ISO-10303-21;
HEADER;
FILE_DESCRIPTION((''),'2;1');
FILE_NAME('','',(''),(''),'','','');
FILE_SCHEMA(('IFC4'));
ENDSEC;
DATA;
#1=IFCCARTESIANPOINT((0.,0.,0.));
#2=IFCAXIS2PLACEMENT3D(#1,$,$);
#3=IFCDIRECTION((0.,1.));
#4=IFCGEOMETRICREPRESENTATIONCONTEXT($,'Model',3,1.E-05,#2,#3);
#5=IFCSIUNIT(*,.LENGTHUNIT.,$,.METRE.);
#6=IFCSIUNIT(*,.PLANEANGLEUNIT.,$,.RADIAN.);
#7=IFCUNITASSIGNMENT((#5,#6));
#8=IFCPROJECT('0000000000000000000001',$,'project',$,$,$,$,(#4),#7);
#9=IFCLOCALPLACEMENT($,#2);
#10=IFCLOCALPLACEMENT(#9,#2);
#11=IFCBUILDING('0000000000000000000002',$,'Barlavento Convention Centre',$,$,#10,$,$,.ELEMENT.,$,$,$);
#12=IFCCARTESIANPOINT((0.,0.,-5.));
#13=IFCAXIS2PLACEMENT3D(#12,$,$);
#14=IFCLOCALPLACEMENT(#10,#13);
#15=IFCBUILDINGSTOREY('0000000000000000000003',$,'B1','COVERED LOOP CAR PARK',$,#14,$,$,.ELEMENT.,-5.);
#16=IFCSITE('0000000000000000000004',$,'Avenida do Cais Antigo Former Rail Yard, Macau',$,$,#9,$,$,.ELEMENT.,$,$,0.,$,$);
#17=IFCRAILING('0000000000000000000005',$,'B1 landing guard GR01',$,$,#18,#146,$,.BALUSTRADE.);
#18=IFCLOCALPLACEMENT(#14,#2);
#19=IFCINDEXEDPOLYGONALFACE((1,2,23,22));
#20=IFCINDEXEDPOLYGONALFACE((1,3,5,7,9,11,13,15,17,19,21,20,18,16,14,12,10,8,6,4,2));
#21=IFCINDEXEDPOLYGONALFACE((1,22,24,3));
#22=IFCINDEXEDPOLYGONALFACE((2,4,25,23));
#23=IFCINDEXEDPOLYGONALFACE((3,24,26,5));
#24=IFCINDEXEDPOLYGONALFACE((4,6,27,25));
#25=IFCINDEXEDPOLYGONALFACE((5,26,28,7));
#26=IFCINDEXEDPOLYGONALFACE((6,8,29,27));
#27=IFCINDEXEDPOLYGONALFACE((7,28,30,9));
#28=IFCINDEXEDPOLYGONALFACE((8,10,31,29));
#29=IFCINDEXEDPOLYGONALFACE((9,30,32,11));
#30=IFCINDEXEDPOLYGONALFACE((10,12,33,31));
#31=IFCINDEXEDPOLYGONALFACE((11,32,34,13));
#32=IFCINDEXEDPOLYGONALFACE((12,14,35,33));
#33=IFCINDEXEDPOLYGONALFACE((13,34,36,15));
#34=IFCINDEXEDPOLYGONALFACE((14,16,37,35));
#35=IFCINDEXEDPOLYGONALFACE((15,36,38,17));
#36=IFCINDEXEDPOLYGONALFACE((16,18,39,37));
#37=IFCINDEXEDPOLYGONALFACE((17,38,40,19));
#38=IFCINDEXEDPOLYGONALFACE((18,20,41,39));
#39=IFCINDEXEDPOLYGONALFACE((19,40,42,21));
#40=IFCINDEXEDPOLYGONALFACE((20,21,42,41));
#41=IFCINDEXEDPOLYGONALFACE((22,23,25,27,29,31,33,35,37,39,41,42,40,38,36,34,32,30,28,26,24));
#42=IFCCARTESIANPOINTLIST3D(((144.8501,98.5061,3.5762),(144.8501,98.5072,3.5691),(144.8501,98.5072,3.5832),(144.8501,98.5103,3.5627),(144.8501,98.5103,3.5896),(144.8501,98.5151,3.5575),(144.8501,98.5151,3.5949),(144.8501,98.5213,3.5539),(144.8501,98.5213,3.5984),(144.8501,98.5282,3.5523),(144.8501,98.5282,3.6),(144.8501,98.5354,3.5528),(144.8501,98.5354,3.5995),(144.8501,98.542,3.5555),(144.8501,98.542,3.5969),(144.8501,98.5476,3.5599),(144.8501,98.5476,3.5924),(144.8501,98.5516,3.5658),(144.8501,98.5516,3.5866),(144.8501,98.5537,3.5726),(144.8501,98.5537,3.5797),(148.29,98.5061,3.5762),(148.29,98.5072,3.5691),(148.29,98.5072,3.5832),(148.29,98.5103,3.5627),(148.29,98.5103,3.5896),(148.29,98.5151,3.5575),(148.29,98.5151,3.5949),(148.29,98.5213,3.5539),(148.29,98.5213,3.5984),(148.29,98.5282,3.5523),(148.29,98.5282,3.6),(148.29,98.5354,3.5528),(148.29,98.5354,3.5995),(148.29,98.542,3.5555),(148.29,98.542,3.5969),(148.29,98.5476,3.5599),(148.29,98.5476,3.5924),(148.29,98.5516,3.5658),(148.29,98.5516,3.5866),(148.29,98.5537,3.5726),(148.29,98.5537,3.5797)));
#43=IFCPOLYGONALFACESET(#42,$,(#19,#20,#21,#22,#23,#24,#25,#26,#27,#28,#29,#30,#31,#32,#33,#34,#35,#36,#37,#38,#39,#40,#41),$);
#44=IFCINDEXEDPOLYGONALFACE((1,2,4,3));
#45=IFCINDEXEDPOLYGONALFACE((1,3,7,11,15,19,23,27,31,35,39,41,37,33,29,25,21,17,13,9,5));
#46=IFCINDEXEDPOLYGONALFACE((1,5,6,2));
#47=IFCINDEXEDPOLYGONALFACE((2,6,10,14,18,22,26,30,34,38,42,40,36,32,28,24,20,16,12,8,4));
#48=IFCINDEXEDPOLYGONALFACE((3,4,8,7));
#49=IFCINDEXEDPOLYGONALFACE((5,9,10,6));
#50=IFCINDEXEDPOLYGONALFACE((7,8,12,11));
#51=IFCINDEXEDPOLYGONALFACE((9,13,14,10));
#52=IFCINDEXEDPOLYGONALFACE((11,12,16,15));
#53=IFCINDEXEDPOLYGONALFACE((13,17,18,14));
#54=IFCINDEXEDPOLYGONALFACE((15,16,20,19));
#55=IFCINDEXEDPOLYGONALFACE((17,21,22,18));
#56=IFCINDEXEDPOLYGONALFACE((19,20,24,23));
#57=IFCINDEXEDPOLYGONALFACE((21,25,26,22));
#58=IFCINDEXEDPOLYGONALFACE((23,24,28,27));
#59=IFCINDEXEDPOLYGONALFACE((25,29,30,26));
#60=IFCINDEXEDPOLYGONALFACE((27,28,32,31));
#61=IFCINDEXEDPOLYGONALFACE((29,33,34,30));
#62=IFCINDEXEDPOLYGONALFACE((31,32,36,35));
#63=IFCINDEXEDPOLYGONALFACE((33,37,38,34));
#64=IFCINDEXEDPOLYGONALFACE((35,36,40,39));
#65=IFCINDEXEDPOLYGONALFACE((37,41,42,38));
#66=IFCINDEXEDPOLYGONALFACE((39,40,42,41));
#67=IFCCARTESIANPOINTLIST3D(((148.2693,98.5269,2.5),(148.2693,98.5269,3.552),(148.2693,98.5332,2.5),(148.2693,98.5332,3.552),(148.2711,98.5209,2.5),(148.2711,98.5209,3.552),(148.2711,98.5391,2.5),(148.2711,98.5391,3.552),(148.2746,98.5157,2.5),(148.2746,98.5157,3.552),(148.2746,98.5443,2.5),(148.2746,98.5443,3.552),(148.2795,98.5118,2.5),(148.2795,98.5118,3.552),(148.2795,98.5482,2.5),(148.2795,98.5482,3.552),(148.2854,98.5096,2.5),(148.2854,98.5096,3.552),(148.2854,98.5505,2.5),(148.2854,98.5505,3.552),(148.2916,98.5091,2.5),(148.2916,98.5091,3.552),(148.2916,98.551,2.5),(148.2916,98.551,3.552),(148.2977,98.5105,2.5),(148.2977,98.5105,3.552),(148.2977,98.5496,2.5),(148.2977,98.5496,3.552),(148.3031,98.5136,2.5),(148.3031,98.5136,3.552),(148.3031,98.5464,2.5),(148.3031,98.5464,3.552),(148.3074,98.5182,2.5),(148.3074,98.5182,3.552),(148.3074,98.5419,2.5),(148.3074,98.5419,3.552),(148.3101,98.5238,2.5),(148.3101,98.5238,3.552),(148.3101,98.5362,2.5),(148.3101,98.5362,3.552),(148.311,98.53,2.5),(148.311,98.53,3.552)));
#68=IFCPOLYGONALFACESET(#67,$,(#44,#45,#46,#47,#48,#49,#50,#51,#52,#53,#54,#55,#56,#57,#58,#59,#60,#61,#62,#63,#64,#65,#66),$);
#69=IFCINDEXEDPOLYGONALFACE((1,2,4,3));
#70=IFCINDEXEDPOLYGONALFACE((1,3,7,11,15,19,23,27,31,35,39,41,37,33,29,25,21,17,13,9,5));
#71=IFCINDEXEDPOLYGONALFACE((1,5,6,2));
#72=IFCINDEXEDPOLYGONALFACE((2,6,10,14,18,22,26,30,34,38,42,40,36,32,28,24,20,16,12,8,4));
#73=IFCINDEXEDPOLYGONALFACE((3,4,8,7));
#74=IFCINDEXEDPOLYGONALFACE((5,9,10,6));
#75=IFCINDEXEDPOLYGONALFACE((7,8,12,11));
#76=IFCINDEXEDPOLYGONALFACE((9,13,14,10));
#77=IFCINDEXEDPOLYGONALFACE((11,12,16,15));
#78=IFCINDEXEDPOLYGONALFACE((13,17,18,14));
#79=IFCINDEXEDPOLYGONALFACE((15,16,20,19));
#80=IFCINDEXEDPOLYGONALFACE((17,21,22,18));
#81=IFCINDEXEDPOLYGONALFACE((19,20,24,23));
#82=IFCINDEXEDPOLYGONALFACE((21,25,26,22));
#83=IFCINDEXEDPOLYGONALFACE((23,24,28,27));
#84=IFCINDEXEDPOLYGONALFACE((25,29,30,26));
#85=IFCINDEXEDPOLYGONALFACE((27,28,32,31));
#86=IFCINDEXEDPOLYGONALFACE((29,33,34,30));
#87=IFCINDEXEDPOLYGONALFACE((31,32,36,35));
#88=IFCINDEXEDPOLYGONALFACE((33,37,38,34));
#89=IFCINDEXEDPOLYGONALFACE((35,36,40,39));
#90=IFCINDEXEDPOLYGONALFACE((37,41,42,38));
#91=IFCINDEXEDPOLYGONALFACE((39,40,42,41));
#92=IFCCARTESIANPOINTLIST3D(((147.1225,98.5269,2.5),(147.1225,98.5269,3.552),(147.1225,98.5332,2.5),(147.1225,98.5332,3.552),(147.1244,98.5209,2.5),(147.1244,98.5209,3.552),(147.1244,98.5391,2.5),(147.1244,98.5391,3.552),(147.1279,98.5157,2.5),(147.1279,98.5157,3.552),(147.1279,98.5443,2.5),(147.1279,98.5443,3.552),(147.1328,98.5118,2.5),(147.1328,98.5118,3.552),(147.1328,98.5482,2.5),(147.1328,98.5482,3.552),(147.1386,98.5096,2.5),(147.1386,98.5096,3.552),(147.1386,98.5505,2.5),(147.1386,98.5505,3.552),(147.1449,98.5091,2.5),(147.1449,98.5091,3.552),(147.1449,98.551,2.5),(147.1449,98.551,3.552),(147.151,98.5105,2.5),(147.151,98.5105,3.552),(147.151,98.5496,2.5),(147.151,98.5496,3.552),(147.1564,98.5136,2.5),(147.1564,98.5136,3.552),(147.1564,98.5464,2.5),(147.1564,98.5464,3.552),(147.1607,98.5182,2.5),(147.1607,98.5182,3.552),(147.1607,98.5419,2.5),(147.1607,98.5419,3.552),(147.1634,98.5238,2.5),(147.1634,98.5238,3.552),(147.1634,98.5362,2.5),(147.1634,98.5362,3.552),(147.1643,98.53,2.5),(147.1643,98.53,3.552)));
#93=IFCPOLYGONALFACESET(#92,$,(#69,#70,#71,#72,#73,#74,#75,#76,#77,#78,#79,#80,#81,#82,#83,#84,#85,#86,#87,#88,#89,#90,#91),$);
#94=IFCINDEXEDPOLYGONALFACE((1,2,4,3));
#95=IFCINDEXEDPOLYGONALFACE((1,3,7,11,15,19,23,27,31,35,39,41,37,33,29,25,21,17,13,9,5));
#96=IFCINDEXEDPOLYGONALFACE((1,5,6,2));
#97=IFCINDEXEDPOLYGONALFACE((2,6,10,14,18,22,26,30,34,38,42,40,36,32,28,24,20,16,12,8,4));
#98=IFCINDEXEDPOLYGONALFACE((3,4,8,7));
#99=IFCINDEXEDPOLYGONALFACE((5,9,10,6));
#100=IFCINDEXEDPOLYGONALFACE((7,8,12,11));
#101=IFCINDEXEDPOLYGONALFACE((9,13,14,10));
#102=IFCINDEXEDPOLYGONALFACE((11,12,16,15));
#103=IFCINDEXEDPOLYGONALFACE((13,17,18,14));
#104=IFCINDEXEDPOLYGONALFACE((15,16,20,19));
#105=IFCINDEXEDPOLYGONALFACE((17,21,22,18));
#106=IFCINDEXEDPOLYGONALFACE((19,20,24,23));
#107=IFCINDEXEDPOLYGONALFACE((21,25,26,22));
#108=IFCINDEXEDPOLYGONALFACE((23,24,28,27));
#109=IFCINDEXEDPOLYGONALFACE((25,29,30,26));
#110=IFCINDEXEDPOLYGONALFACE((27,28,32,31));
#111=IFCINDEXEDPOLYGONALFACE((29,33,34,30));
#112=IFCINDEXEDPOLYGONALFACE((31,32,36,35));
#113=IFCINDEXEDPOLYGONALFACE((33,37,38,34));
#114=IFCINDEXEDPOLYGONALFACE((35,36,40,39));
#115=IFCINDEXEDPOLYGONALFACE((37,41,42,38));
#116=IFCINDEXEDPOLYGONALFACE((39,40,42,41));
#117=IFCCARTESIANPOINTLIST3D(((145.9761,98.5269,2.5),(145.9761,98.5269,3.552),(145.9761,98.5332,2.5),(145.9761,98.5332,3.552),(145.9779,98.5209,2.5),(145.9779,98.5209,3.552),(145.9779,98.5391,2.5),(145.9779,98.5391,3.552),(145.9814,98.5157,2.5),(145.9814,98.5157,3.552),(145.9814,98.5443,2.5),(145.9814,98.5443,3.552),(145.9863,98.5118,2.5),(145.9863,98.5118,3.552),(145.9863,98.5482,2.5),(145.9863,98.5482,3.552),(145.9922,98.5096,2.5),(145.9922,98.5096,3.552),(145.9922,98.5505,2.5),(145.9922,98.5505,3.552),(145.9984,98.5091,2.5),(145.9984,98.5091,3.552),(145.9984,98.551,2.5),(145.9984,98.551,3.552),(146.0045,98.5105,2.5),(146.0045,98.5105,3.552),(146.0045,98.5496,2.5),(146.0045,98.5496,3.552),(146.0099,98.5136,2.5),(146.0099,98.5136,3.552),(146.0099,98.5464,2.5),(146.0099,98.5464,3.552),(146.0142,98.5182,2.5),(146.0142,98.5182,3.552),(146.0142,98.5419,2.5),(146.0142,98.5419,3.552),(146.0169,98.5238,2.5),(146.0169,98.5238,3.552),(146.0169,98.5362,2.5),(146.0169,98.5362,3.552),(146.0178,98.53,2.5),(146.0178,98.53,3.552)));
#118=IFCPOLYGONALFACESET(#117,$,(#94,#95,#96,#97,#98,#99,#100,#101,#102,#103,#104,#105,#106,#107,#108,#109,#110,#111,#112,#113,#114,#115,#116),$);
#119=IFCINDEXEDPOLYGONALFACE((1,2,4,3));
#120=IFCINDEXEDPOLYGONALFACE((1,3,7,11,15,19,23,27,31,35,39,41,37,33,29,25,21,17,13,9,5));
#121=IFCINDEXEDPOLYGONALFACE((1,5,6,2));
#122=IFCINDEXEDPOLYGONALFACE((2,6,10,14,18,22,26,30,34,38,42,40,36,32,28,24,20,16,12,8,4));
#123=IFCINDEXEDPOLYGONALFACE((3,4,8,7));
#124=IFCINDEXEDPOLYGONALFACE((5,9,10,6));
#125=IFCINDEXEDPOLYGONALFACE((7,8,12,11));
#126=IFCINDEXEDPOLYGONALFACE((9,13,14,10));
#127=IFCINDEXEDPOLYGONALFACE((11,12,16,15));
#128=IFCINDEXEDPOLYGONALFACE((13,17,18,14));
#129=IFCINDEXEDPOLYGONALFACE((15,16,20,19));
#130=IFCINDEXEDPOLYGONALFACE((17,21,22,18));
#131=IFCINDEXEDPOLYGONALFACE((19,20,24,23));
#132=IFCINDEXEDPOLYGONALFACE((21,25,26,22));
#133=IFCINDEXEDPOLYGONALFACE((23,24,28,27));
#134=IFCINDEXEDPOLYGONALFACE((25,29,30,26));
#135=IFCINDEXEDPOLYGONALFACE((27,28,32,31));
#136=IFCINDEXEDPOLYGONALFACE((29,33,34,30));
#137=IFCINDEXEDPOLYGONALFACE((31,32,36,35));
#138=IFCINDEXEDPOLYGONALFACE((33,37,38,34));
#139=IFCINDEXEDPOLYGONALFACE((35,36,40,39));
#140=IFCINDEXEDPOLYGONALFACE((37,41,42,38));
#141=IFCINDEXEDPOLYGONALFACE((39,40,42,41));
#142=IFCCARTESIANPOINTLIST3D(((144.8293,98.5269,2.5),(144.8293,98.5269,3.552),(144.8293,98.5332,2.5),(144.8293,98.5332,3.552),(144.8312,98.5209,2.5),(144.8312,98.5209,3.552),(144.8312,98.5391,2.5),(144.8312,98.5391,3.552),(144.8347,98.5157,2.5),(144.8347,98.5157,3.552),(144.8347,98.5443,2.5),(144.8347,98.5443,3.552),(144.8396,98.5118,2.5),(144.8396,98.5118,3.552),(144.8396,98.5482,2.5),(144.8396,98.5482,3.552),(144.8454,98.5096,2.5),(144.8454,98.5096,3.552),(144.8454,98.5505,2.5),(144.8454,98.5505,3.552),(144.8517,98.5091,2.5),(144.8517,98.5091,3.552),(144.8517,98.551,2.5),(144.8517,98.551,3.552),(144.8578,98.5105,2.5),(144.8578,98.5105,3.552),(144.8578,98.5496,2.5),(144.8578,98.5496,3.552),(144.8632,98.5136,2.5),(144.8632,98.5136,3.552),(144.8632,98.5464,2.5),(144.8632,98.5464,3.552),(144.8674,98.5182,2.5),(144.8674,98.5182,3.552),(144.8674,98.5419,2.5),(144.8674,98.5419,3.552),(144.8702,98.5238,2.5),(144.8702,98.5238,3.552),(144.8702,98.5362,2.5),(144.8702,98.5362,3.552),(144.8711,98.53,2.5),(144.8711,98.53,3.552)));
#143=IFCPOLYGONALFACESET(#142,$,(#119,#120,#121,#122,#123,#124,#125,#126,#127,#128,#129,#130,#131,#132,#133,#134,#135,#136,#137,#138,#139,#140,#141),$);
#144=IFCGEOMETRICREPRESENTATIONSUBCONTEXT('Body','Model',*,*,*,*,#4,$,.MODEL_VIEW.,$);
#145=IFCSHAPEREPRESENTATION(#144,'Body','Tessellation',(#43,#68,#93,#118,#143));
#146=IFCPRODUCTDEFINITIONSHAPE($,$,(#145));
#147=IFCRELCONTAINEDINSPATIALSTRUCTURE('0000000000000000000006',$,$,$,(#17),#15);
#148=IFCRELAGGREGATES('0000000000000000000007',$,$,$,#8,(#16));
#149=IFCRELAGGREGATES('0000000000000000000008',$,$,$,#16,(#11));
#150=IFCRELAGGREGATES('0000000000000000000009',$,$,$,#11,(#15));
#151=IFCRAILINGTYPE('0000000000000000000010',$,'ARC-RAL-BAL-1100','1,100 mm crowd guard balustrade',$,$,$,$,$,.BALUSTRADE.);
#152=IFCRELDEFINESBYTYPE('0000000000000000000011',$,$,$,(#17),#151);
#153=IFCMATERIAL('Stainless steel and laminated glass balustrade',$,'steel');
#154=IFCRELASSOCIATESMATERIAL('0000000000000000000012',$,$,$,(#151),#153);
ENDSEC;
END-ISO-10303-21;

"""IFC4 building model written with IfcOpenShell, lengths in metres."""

from ifc_helpers import new_model, si_unit, direction, frame, origin, origin_2d, place, context, subcontext, project, spatial, circle, extrude, material, type_object, element, save


model = new_model("IFC4")

# Units and contexts
model_context = context("Model", 3, precision=1e-05, world=origin(), true_north=direction((0.0, 1.0)))
body_context = subcontext(model_context, "Body", "Model", "MODEL_VIEW")
ifc_project = project(units=[si_unit("LENGTHUNIT", "METRE"), si_unit("PLANEANGLEUNIT", "RADIAN")], contexts=[model_context])

# Site, building, storey
site_placement = place(None, origin())
site = spatial("IfcSite", under=ifc_project, at=site_placement, Name="Avenida do Cais Antigo Former Rail Yard, Macau", CompositionType="ELEMENT", RefElevation=0.0)
building_placement = place(site_placement, origin())
building = spatial("IfcBuilding", under=site, at=building_placement, Name="Barlavento Convention Centre", CompositionType="ELEMENT")
storey_placement = place(building_placement, frame((0.0, 0.0, -5.0)))
storey = spatial("IfcBuildingStorey", under=building, at=storey_placement, Name="B1", Description="COVERED LOOP CAR PARK", CompositionType="ELEMENT", Elevation=-5.0)

# Railing
ifc_material_1 = material(Name="Stainless steel and laminated glass balustrade", Category="steel")
railing_type_1 = type_object("IfcRailingType", Name="ARC-RAL-BAL-1100", Description="1,100 mm crowd guard balustrade", PredefinedType="BALUSTRADE", material=ifc_material_1)
railing_1_placement = place(storey_placement, frame((148.29, 98.53, 2.5)))
element("IfcRailing", 1, at=railing_1_placement, inside=storey, type_object=railing_type_1, Name="B1 landing guard GR01", PredefinedType="BALUSTRADE", context=body_context, shape_type="SweptSolid", body=[
    extrude(circle(Radius=0.0239, at=origin_2d()), frame((0.0, 0.0, 1.0762), z_axis=(-1.0, 0.0, 0.0), x_axis=(0.0, -1.0, 0.0)), (0.0, 0.0, 1.0), 3.4399),
    extrude(circle(Radius=0.021, at=origin_2d()), origin(), (0.0, 0.0, 1.0), 1.052),
    extrude(circle(Radius=0.021, at=origin_2d()), frame((-1.1467, 0.0, 0.0)), (0.0, 0.0, 1.0), 1.052),
    extrude(circle(Radius=0.021, at=origin_2d()), frame((-2.2932, 0.0, 0.0)), (0.0, 0.0, 1.0), 1.052),
    extrude(circle(Radius=0.021, at=origin_2d()), frame((-3.4399, 0.0, 0.0)), (0.0, 0.0, 1.0), 1.052),
])

save(model, "model.ifc")
